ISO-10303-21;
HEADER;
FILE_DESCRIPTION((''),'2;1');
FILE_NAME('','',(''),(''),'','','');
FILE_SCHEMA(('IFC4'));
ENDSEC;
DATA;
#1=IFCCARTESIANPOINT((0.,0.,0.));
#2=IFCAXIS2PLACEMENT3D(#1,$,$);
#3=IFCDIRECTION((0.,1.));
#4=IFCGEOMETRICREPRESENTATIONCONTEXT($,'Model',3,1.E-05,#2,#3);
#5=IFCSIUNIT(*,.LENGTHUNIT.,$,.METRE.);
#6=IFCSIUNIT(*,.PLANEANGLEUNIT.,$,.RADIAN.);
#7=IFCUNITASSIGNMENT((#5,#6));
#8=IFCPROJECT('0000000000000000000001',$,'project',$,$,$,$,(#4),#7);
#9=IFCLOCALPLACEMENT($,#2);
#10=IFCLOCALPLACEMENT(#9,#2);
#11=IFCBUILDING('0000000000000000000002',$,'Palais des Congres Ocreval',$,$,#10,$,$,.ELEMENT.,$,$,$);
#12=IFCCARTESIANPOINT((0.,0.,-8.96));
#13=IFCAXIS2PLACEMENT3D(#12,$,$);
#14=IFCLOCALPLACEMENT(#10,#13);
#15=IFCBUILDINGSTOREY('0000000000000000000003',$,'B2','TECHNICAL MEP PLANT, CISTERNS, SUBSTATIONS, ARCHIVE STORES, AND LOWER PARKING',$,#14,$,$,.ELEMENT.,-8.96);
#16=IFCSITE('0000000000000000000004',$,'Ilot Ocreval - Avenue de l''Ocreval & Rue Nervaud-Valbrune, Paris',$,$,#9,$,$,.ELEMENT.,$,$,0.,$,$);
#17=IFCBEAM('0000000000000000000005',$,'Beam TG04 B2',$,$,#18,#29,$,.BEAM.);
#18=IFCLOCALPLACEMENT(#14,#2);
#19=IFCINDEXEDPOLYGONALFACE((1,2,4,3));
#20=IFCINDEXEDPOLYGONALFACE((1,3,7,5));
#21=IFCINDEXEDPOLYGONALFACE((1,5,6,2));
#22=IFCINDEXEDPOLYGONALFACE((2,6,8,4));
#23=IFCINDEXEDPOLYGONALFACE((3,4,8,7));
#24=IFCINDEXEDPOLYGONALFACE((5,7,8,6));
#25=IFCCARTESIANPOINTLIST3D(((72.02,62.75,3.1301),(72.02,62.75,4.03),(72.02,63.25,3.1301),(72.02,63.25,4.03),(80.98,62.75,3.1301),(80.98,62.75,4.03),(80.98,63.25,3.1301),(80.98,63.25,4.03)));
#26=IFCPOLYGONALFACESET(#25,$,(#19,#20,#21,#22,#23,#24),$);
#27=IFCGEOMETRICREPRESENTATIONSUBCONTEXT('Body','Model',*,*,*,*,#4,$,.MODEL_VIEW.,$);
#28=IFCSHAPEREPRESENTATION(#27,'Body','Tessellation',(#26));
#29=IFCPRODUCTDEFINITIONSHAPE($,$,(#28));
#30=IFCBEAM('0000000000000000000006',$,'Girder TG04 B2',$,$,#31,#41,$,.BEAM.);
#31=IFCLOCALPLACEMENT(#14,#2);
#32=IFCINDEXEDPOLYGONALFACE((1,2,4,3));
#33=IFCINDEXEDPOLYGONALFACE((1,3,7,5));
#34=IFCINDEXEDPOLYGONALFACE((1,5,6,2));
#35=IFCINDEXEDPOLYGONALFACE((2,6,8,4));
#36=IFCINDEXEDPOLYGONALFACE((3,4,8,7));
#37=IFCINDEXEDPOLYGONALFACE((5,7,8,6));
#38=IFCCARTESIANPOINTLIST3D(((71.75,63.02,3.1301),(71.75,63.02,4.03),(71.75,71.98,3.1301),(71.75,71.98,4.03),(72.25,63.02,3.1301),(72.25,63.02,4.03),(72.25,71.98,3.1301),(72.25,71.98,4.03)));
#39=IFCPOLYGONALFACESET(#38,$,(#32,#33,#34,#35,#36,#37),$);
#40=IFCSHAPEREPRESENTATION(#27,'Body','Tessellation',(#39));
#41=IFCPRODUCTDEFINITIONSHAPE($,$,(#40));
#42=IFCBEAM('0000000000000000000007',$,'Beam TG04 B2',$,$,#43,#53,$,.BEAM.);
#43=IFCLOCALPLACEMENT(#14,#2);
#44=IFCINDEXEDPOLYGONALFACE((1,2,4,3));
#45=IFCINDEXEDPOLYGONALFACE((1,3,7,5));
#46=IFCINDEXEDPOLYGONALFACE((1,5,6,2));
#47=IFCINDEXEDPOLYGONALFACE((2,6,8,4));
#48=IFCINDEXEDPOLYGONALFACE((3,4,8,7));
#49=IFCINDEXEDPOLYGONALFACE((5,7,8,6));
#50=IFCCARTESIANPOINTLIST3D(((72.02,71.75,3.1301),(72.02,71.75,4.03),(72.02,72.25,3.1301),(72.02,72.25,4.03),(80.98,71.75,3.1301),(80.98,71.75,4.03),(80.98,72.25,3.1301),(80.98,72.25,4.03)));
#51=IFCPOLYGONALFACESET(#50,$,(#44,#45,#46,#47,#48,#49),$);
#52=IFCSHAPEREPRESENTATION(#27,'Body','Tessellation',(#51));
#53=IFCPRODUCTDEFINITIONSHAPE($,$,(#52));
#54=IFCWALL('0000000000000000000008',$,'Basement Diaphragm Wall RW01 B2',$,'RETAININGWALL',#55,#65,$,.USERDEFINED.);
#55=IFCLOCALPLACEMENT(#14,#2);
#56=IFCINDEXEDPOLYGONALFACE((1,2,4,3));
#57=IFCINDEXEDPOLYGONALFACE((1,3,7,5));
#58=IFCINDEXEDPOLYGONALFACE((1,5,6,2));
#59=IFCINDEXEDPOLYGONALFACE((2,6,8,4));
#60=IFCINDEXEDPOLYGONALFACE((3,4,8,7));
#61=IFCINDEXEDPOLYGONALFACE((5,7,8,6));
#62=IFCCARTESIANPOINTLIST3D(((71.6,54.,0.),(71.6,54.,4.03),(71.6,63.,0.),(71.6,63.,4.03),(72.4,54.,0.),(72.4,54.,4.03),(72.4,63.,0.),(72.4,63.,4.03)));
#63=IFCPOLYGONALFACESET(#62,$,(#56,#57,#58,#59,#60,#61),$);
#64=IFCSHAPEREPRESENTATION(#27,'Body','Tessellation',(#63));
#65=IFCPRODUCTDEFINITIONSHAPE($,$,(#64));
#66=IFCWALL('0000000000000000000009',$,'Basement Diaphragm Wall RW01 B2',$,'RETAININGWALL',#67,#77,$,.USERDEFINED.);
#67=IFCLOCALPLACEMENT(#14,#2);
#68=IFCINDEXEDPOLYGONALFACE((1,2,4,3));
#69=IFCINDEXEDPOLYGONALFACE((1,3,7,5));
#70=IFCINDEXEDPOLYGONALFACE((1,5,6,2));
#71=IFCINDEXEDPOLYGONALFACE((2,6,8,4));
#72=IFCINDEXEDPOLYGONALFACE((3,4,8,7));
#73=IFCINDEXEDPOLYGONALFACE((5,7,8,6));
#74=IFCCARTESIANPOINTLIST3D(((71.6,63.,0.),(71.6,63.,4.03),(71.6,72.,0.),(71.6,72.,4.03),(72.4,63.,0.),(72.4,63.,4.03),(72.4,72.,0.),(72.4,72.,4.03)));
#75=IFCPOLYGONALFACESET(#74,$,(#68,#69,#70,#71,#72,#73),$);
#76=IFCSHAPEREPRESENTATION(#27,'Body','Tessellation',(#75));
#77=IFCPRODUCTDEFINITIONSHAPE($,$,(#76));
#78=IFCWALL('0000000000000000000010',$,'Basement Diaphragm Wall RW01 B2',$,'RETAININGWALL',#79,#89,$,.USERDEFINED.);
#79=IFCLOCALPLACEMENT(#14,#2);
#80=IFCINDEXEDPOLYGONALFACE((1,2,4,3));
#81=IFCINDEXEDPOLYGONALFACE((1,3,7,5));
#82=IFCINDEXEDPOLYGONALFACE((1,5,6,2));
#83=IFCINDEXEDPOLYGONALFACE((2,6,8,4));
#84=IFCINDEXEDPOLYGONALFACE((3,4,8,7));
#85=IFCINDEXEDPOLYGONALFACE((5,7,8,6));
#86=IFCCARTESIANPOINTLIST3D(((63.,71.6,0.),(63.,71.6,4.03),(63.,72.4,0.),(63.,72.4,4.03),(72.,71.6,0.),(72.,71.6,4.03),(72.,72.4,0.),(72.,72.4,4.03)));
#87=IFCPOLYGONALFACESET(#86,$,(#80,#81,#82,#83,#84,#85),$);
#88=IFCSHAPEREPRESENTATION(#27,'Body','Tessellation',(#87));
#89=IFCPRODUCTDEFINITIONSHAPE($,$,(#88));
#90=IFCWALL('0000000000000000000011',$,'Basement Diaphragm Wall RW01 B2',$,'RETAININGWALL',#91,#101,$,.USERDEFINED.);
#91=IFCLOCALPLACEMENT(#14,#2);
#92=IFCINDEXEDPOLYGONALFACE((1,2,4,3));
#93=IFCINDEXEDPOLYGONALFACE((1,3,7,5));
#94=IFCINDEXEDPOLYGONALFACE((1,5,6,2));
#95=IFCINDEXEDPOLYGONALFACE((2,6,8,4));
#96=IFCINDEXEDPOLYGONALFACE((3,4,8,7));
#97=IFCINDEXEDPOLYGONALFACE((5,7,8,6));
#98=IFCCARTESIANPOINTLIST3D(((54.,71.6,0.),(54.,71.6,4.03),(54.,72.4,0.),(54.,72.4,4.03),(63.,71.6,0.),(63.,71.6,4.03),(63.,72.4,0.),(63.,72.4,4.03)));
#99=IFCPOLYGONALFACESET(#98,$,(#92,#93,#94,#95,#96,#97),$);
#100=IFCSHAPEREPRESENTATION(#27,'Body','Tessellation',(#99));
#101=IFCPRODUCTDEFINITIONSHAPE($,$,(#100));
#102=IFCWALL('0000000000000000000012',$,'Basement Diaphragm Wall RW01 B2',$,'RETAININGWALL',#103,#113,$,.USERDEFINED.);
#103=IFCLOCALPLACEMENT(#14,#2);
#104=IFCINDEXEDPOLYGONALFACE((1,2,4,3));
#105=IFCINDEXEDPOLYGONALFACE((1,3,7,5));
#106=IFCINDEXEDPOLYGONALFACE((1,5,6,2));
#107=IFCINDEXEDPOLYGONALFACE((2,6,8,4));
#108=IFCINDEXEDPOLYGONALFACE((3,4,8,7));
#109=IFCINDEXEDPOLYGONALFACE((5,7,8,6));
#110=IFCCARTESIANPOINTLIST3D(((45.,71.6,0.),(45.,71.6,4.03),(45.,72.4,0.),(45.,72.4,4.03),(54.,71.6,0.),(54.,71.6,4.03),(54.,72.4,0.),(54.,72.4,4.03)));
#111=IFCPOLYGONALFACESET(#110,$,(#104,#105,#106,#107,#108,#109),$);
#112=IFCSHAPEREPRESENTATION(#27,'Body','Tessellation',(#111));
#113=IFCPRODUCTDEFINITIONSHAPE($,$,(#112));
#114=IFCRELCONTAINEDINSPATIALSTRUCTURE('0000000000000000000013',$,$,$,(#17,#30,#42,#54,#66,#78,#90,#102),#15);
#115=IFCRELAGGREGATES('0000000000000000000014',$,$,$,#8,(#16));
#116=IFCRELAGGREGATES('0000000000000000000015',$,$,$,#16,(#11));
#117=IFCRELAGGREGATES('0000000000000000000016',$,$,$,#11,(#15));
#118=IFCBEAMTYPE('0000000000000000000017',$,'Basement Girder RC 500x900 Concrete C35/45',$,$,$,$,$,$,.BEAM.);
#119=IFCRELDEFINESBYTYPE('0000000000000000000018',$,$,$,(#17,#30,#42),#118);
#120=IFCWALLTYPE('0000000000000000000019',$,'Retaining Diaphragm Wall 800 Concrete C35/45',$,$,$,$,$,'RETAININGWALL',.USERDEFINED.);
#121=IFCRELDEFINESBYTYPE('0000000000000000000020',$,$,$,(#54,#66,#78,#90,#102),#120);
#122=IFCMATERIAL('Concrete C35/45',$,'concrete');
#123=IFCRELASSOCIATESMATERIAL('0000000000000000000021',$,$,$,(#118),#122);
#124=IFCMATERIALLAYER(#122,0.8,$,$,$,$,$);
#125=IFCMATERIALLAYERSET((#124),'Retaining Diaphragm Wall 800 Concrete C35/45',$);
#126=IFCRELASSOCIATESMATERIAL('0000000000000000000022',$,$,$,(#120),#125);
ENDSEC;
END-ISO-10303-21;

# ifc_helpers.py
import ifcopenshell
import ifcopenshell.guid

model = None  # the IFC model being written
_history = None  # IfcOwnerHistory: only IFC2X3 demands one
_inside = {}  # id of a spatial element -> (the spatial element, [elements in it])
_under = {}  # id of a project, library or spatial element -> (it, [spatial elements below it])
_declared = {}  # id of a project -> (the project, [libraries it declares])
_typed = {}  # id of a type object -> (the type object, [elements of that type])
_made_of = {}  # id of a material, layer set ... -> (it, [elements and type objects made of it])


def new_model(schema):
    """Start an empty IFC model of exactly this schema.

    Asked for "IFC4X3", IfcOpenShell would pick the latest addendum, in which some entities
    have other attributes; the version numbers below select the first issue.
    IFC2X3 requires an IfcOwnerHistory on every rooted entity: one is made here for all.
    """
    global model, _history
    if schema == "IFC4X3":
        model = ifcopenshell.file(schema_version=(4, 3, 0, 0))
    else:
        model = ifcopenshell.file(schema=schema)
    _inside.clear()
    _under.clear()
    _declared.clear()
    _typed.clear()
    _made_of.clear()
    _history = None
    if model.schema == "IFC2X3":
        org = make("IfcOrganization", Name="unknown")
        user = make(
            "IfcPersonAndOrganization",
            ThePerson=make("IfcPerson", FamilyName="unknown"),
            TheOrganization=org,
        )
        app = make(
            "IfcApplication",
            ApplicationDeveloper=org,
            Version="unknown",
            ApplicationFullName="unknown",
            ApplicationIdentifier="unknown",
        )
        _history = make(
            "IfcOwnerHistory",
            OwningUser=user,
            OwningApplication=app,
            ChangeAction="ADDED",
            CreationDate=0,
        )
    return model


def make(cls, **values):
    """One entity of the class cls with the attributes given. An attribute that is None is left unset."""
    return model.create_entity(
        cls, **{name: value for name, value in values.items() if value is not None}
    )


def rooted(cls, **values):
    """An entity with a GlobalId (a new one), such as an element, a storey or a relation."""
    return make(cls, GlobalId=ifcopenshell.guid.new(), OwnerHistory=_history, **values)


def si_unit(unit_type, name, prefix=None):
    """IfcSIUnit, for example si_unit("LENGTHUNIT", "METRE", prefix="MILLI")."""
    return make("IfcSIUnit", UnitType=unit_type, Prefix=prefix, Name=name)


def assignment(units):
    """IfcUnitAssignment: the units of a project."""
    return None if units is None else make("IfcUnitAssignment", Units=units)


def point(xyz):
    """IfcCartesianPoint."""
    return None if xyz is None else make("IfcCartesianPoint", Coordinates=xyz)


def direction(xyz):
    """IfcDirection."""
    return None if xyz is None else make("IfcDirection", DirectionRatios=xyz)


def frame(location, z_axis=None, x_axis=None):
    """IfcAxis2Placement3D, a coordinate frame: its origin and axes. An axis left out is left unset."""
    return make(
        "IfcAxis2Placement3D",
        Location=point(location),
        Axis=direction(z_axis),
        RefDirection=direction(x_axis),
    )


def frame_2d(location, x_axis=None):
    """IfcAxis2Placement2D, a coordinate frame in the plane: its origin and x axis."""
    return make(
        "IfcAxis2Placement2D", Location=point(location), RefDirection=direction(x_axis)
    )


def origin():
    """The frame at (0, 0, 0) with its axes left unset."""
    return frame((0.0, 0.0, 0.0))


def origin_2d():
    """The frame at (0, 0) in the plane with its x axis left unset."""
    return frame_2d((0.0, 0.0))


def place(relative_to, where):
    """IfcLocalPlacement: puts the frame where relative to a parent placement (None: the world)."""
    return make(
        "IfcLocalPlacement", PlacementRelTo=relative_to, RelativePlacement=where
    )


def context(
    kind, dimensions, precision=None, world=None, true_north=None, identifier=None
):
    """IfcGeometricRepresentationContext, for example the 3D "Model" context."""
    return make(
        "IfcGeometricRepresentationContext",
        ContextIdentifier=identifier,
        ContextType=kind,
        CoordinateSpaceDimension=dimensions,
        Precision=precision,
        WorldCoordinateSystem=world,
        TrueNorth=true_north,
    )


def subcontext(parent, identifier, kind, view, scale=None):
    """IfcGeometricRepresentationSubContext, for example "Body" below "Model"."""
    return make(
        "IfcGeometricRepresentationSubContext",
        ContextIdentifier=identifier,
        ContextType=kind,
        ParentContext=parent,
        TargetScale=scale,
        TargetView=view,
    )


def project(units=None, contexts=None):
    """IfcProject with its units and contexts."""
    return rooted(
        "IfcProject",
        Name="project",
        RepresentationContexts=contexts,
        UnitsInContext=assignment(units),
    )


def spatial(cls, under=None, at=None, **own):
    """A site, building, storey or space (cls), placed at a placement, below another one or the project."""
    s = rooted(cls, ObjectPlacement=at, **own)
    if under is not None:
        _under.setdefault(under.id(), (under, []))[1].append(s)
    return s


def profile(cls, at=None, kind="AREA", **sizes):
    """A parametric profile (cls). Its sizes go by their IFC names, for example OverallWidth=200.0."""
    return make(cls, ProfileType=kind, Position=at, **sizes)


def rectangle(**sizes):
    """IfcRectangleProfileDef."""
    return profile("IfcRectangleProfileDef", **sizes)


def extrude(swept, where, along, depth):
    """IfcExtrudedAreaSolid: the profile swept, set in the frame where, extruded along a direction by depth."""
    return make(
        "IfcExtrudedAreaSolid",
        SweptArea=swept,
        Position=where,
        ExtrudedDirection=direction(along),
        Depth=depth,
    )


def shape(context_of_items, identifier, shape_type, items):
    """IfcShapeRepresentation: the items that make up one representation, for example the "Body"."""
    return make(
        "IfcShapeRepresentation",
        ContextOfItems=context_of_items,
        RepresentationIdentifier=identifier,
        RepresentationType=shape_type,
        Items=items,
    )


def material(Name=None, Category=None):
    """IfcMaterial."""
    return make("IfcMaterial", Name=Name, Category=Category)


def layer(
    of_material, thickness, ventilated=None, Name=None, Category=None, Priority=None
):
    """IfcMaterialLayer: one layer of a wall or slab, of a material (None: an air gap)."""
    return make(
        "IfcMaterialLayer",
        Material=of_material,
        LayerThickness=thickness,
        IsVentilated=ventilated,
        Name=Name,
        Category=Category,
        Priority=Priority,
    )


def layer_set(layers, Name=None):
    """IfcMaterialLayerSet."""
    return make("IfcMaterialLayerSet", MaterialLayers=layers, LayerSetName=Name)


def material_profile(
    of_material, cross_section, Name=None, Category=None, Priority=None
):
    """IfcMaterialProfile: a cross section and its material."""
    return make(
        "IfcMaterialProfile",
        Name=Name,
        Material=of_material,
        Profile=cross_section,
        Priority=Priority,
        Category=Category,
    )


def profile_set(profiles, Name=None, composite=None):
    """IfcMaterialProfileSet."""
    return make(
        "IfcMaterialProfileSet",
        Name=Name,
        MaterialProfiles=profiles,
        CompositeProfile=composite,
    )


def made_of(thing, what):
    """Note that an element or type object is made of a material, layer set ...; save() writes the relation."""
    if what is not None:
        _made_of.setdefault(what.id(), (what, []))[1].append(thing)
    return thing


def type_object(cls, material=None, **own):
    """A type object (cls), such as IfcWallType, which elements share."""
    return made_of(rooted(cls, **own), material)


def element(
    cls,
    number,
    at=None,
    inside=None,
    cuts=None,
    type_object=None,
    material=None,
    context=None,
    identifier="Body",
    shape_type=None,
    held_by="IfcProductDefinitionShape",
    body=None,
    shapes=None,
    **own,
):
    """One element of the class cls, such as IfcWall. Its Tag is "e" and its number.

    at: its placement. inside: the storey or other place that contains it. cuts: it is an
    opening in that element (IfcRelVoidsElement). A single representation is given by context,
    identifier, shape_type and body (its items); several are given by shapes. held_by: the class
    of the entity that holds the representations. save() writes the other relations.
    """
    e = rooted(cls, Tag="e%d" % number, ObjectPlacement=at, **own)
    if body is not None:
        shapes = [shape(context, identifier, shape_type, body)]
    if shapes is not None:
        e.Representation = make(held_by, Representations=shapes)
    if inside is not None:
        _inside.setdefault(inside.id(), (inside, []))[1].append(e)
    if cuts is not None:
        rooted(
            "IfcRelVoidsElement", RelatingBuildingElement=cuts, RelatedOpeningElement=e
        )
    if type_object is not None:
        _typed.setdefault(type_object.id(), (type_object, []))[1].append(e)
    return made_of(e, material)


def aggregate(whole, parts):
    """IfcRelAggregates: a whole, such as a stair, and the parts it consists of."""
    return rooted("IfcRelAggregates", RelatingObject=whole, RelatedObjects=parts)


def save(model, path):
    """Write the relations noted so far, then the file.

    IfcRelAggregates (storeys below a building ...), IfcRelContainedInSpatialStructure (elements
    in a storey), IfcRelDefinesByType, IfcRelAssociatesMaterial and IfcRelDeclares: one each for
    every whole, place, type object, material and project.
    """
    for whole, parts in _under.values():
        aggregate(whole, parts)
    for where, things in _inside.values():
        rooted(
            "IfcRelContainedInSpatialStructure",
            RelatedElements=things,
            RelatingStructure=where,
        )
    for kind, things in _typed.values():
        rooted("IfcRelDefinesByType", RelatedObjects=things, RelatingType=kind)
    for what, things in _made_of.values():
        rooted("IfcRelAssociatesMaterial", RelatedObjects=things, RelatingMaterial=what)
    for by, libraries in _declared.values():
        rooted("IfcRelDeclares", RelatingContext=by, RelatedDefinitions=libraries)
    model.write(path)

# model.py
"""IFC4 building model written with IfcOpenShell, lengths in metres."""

from ifc_helpers import new_model, si_unit, direction, frame, frame_2d, origin, origin_2d, place, context, subcontext, project, spatial, rectangle, extrude, material, layer, layer_set, material_profile, profile_set, type_object, element, save


model = new_model("IFC4")

# Units and contexts
model_context = context("Model", 3, precision=1e-05, world=origin(), true_north=direction((0.0, 1.0)))
body_context = subcontext(model_context, "Body", "Model", "MODEL_VIEW")
ifc_project = project(units=[si_unit("LENGTHUNIT", "METRE"), si_unit("PLANEANGLEUNIT", "RADIAN")], contexts=[model_context])

# Site, building, storey
site_placement = place(None, origin())
site = spatial("IfcSite", under=ifc_project, at=site_placement, Name="Ilot Ocreval - Avenue de l'Ocreval & Rue Nervaud-Valbrune, Paris", CompositionType="ELEMENT", RefElevation=0.0)
building_placement = place(site_placement, origin())
building = spatial("IfcBuilding", under=site, at=building_placement, Name="Palais des Congres Ocreval", CompositionType="ELEMENT")
storey_placement = place(building_placement, frame((0.0, 0.0, -8.96)))
storey = spatial("IfcBuildingStorey", under=building, at=storey_placement, Name="B2", Description="TECHNICAL MEP PLANT, CISTERNS, SUBSTATIONS, ARCHIVE STORES, AND LOWER PARKING", CompositionType="ELEMENT", Elevation=-8.96)

# Shared definitions
ifc_material_1 = material(Name="Concrete C35/45", Category="concrete")

# Beams
ifc_material_profile_1 = material_profile(ifc_material_1, rectangle(XDim=0.5, YDim=0.8999, at=origin_2d()), Name="RC 500x900")
ifc_profile_set_1 = profile_set([ifc_material_profile_1], Name="Concrete C35/45")
beam_type = type_object("IfcBeamType", Name="Basement Girder RC 500x900 Concrete C35/45", PredefinedType="BEAM", material=ifc_profile_set_1)
for number, where, z_axis, x_axis, name in (
    (1, (72.02, 63.0, 3.5801), (1.0, 0.0, 0.0), (0.0, 1.0, 0.0), "Beam TG04 B2"),
    (2, (72.0, 63.02, 3.5801), (0.0, 1.0, 0.0), (-1.0, 0.0, 0.0), "Girder TG04 B2"),
    (3, (72.02, 72.0, 3.5801), (1.0, 0.0, 0.0), (0.0, 1.0, 0.0), "Beam TG04 B2"),
):
    element("IfcBeam", number, at=place(storey_placement, frame(where, z_axis=z_axis, x_axis=x_axis)), inside=storey, type_object=beam_type, Name=name, PredefinedType="BEAM", context=body_context, shape_type="SweptSolid", body=[
        extrude(rectangle(XDim=0.5, YDim=0.8999, at=origin_2d()), origin(), (0.0, 0.0, 1.0), 8.96),
    ])

# Walls
ifc_layer = layer(ifc_material_1, 0.8)
ifc_layer_set = layer_set([ifc_layer], Name="Retaining Diaphragm Wall 800 Concrete C35/45")
wall_type = type_object("IfcWallType", Name="Retaining Diaphragm Wall 800 Concrete C35/45", ElementType="RETAININGWALL", PredefinedType="USERDEFINED", material=ifc_layer_set)
for number, where, z_axis, x_axis, name in (
    (4, (72.0, 54.0, 0.0), (0.0, 0.0, 1.0), (0.0, 1.0, 0.0), "Basement Diaphragm Wall RW01 B2"),
    (5, (72.0, 63.0, 0.0), (0.0, 0.0, 1.0), (0.0, 1.0, 0.0), "Basement Diaphragm Wall RW01 B2"),
    (6, (72.0, 72.0, 0.0), (0.0, 0.0, 1.0), (-1.0, 0.0, 0.0), "Basement Diaphragm Wall RW01 B2"),
    (7, (63.0, 72.0, 0.0), (0.0, 0.0, 1.0), (-1.0, 0.0, 0.0), "Basement Diaphragm Wall RW01 B2"),
    (8, (54.0, 72.0, 0.0), (0.0, 0.0, 1.0), (-1.0, 0.0, 0.0), "Basement Diaphragm Wall RW01 B2"),
):
    element("IfcWall", number, at=place(storey_placement, frame(where, z_axis=z_axis, x_axis=x_axis)), inside=storey, type_object=wall_type, Name=name, ObjectType="RETAININGWALL", PredefinedType="USERDEFINED", context=body_context, shape_type="SweptSolid", body=[
        extrude(rectangle(XDim=9.0, YDim=0.8, at=frame_2d((4.5, 0.0))), origin(), (0.0, 0.0, 1.0), 4.03),
    ])

save(model, "model.ifc")
